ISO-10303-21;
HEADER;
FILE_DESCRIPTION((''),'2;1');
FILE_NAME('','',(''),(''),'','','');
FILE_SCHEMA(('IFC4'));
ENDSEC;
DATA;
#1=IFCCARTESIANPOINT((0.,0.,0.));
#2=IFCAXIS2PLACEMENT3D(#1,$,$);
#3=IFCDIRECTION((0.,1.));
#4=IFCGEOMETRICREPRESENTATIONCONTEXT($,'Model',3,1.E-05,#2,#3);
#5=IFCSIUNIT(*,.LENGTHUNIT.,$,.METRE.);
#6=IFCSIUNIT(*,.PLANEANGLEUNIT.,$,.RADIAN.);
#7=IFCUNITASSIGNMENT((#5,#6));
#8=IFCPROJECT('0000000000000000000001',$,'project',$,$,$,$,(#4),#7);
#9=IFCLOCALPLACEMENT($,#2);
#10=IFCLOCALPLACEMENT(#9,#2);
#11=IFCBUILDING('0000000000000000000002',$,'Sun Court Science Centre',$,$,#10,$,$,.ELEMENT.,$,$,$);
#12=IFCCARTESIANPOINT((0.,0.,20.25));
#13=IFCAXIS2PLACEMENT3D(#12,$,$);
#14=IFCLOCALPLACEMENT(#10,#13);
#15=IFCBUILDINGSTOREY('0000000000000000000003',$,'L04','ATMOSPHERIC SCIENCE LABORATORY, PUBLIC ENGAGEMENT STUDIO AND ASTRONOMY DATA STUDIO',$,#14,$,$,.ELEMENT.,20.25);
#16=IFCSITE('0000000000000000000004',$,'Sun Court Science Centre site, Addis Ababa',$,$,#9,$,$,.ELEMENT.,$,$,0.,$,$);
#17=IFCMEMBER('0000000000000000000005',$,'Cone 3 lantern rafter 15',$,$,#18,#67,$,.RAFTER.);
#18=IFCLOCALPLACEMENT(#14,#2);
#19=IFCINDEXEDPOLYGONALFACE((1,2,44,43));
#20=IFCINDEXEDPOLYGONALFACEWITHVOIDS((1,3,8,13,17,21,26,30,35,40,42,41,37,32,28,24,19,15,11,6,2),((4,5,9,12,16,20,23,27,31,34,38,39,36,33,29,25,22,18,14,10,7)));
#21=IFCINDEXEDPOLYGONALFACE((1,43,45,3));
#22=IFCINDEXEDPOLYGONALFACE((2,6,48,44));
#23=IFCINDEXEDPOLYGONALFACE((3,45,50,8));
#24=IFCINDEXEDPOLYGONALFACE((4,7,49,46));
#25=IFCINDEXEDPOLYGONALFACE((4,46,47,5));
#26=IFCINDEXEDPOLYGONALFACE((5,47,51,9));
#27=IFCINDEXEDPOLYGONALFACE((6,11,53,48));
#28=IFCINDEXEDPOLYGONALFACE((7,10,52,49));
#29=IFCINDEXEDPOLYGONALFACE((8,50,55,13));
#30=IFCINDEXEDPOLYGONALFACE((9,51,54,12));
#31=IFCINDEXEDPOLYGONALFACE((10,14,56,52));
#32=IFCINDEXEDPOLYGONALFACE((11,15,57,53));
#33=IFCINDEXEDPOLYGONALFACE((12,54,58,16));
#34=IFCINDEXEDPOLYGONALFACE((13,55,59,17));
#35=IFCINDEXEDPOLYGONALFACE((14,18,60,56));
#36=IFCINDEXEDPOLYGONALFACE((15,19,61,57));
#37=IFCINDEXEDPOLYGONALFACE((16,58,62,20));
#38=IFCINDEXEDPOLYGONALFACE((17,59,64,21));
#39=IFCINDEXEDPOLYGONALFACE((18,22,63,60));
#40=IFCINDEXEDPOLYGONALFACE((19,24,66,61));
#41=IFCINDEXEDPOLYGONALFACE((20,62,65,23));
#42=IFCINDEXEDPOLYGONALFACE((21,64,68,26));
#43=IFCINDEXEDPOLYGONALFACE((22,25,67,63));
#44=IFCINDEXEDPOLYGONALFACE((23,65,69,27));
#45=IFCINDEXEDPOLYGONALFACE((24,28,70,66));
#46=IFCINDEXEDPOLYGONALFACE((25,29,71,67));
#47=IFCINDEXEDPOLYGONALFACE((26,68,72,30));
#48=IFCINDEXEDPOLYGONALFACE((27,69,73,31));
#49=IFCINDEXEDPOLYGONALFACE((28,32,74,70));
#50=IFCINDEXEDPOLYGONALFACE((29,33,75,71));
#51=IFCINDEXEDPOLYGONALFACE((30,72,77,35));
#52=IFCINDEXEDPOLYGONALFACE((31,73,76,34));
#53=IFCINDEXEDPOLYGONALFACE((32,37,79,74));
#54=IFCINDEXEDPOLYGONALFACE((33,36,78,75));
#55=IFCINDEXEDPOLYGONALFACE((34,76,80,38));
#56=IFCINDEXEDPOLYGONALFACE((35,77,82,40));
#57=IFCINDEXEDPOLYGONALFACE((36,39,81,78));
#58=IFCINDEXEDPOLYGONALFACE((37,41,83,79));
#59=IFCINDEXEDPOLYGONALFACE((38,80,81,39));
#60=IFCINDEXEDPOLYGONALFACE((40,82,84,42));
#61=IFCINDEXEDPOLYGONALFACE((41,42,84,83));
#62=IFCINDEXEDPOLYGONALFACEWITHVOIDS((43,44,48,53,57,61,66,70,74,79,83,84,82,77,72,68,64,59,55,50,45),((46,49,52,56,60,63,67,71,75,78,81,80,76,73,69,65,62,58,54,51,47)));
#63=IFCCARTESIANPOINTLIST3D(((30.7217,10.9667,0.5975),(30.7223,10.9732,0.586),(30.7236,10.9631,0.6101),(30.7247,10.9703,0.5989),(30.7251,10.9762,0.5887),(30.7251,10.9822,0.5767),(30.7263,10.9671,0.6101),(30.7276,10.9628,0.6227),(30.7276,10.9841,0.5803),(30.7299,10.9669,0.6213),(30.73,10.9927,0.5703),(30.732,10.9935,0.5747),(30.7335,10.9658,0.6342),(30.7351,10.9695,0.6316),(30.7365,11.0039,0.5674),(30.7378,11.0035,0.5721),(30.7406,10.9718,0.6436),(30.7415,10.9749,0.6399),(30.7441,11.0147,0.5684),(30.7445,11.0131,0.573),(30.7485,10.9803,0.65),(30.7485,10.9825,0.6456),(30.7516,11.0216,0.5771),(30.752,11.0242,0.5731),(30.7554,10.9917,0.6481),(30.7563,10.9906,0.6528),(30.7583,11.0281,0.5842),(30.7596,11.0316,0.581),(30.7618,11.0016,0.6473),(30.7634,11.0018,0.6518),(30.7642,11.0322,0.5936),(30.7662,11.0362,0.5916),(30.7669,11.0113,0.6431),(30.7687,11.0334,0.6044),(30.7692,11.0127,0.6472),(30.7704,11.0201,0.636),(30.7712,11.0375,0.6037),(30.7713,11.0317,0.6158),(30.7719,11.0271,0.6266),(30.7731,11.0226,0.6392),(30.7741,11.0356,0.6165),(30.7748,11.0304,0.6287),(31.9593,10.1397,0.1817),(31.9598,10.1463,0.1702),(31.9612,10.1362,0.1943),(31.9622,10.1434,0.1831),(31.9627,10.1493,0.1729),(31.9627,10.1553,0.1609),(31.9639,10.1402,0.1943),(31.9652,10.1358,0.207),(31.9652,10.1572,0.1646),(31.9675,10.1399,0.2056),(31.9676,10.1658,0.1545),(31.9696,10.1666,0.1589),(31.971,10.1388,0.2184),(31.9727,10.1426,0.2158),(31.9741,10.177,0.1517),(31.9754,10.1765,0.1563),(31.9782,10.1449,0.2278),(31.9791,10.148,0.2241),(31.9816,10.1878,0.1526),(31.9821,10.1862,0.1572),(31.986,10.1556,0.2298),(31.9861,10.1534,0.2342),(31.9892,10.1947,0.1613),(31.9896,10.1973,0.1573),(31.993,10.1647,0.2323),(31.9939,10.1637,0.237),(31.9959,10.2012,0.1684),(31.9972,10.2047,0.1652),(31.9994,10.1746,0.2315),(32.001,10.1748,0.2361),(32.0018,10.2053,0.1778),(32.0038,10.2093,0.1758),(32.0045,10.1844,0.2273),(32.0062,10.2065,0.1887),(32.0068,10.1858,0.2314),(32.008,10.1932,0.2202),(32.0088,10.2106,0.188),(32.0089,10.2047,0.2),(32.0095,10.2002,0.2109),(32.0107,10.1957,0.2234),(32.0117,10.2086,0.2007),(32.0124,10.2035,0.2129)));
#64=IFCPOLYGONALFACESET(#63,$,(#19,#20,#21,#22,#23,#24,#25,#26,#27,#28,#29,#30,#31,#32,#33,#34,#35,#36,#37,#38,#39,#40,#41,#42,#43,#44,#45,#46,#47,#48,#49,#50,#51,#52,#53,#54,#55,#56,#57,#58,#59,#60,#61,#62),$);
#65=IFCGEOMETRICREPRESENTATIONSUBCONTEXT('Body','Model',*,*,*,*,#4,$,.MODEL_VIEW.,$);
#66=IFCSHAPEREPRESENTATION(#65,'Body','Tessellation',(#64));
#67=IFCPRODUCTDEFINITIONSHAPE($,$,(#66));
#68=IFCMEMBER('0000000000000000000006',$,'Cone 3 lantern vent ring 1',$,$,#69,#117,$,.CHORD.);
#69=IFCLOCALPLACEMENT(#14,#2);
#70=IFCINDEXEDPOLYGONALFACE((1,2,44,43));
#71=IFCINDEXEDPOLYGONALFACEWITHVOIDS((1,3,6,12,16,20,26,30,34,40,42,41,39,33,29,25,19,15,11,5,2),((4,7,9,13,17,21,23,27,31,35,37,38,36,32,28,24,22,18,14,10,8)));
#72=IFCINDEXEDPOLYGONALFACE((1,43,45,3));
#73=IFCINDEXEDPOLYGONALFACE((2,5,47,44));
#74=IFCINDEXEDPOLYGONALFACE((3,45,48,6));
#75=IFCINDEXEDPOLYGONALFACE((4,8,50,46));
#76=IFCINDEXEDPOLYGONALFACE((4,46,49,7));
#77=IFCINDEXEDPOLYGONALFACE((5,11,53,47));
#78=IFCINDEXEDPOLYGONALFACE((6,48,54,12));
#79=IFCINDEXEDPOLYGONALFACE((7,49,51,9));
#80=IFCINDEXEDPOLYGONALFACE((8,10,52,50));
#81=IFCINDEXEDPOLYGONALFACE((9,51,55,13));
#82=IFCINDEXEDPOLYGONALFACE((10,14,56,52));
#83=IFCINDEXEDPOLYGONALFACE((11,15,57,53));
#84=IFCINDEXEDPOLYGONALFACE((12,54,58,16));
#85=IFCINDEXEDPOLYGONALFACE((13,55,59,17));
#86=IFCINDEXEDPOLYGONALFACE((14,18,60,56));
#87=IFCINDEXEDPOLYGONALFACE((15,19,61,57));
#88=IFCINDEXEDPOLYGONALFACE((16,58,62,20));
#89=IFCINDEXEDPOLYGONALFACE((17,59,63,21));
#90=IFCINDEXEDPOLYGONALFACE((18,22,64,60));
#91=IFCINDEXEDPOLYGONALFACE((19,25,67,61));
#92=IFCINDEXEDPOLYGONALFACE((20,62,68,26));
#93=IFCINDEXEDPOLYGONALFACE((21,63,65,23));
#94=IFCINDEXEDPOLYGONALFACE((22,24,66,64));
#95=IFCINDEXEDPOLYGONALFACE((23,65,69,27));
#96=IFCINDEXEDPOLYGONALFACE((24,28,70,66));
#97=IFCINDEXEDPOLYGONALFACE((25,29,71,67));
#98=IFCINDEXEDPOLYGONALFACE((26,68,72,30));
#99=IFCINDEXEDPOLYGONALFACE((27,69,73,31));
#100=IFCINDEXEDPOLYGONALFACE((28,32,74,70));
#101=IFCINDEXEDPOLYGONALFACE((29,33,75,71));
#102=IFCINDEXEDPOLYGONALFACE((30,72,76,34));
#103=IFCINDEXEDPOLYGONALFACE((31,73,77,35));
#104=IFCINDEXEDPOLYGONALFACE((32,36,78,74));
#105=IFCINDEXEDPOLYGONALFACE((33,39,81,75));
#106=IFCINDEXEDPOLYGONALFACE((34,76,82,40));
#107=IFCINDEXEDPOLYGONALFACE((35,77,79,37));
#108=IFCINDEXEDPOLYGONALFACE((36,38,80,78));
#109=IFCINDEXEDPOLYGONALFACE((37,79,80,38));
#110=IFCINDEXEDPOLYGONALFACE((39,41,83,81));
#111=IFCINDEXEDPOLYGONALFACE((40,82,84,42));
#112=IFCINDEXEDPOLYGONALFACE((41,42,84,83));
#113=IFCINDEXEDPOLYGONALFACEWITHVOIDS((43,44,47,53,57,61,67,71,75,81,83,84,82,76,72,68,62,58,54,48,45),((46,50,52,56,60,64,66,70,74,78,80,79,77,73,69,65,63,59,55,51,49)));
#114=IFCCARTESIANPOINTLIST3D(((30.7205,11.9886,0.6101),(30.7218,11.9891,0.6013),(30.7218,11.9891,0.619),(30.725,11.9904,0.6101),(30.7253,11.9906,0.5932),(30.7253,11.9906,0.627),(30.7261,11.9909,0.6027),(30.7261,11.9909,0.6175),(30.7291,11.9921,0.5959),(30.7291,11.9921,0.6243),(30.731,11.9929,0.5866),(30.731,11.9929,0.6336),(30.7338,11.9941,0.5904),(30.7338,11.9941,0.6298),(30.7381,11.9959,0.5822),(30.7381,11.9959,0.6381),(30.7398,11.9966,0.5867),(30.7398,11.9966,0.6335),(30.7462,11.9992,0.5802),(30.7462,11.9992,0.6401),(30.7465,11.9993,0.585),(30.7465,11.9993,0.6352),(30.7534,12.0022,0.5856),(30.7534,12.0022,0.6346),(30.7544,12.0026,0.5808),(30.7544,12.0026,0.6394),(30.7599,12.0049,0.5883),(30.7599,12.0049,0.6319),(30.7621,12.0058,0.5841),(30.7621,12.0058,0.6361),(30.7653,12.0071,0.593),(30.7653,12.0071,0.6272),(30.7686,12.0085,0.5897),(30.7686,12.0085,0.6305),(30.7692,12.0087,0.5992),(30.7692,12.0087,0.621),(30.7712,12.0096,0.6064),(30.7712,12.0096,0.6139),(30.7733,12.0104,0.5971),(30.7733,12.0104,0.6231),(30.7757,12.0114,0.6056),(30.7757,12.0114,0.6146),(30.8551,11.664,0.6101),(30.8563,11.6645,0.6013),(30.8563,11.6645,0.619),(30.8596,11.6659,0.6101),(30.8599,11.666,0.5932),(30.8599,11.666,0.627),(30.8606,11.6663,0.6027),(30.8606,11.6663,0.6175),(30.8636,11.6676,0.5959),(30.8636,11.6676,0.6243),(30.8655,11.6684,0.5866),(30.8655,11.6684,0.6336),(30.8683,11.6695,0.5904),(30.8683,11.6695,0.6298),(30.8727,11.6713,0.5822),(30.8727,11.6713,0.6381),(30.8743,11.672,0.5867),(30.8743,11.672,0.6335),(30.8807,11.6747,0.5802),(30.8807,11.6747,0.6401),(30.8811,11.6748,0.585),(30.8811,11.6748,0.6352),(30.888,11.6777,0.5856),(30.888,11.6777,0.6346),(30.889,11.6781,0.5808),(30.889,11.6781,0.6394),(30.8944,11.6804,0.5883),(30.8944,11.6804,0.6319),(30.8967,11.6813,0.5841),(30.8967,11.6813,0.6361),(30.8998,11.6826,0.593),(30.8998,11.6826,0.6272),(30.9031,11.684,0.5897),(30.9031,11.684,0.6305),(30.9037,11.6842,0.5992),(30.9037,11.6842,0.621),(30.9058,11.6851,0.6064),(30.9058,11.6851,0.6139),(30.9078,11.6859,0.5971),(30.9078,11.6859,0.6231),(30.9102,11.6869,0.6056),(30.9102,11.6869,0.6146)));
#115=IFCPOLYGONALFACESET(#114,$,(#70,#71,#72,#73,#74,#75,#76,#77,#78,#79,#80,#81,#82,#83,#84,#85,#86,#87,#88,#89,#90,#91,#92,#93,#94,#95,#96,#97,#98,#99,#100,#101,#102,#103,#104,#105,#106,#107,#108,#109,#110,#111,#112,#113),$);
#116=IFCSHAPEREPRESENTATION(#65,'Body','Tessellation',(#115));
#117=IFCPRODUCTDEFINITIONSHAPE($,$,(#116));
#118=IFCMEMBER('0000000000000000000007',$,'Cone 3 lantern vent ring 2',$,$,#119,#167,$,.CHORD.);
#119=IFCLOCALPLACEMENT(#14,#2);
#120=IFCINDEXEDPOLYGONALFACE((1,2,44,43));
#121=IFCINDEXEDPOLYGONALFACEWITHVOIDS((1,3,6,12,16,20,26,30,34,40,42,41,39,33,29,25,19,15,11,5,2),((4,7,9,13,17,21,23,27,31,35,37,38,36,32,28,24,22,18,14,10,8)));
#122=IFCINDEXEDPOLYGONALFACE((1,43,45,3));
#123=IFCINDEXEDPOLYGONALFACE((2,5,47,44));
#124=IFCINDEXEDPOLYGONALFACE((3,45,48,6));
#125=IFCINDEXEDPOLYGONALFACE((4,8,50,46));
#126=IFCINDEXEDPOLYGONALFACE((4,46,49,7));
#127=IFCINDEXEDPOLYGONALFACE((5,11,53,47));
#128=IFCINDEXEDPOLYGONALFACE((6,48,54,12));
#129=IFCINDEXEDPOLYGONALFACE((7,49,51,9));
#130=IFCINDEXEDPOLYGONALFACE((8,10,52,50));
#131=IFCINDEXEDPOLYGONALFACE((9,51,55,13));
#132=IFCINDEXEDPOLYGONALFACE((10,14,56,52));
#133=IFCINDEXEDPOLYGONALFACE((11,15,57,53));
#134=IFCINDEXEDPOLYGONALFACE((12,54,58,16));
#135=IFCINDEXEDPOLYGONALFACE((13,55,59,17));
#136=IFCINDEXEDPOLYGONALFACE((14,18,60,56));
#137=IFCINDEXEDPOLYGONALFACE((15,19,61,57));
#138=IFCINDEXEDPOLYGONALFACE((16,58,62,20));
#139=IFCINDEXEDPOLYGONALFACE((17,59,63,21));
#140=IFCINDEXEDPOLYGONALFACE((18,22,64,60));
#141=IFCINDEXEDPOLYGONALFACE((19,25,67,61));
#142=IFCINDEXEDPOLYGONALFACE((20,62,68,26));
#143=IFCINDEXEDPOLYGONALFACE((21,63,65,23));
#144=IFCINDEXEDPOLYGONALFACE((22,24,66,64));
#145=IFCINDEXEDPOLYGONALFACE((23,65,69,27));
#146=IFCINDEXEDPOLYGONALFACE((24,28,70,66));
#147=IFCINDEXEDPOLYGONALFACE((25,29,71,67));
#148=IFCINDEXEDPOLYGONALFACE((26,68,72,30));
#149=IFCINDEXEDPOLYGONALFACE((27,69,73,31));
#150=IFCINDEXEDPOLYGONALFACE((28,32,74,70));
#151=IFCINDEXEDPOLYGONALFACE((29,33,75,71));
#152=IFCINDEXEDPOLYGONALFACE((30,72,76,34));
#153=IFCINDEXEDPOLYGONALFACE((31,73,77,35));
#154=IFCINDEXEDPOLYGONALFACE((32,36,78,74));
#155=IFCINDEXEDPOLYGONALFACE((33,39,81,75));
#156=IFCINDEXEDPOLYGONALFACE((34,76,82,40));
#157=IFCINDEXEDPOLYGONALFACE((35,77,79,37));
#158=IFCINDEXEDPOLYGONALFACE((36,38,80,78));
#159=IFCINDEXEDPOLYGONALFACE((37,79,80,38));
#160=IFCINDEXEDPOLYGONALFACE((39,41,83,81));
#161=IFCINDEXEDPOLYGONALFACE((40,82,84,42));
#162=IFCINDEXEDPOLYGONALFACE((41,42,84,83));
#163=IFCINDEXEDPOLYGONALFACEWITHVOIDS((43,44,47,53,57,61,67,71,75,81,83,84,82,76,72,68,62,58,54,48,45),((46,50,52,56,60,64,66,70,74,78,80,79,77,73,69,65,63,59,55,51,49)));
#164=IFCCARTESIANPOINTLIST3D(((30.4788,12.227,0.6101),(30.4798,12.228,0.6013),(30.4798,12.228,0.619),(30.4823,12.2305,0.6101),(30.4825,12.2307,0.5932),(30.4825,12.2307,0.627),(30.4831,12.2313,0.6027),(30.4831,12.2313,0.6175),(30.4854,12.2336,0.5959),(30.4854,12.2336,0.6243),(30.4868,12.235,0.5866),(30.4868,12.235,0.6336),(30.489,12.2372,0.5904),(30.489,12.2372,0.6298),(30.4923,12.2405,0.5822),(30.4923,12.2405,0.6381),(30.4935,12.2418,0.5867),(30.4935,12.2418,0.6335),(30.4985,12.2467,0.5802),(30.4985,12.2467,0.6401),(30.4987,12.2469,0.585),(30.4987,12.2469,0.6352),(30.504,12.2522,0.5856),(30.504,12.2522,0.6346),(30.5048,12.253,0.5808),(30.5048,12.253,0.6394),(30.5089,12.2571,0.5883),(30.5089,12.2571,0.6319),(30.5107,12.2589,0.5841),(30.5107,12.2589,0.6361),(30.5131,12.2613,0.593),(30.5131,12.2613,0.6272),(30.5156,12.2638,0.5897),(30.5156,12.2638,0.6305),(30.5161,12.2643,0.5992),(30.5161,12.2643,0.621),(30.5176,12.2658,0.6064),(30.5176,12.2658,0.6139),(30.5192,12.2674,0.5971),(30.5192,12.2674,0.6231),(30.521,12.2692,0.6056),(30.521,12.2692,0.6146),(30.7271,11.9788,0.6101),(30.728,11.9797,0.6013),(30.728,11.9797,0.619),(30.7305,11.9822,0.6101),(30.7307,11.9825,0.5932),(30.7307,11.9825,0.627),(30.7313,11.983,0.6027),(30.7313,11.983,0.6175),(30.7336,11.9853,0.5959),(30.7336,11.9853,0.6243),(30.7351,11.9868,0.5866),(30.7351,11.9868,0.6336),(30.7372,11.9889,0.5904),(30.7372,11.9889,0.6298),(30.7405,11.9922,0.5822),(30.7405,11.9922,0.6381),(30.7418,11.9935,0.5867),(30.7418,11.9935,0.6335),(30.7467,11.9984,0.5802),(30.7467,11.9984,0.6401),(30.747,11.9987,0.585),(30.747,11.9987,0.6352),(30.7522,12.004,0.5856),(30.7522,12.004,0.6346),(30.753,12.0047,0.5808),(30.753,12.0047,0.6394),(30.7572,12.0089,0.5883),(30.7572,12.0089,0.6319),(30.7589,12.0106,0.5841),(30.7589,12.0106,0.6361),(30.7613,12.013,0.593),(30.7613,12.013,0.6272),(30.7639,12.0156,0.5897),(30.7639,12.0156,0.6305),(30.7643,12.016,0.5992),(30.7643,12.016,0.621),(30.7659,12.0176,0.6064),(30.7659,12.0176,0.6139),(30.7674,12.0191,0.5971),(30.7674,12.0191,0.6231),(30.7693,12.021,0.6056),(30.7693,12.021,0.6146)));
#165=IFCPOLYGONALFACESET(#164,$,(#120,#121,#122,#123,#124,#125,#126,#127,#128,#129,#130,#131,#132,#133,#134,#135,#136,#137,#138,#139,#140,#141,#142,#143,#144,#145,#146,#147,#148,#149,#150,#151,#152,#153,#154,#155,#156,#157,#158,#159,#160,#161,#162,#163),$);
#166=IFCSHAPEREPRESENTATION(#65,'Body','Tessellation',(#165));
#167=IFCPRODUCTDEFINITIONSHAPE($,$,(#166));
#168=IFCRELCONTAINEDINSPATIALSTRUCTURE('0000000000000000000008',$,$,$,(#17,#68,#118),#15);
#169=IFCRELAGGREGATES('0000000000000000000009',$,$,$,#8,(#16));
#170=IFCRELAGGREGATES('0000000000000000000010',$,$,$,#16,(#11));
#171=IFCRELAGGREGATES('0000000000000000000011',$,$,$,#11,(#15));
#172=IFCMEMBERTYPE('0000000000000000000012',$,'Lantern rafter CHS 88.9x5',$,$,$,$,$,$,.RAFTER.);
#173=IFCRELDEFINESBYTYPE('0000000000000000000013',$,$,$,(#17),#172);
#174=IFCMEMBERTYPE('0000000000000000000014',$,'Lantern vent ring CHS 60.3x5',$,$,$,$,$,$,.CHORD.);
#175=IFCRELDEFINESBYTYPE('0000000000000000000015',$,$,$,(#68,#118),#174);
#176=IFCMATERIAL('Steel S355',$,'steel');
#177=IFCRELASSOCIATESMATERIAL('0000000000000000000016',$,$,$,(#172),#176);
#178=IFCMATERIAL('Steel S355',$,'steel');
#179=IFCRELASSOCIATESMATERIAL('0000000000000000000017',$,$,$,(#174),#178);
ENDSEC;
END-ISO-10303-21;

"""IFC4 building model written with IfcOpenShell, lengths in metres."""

from ifc_helpers import new_model, si_unit, direction, frame, origin, origin_2d, place, context, subcontext, project, spatial, hollow_circle, extrude, material, material_profile, profile_set, type_object, element, save


model = new_model("IFC4")

# Units and contexts
model_context = context("Model", 3, precision=1e-05, world=origin(), true_north=direction((0.0, 1.0)))
body_context = subcontext(model_context, "Body", "Model", "MODEL_VIEW")
ifc_project = project(units=[si_unit("LENGTHUNIT", "METRE"), si_unit("PLANEANGLEUNIT", "RADIAN")], contexts=[model_context])

# Site, building, storey
site_placement = place(None, origin())
site = spatial("IfcSite", under=ifc_project, at=site_placement, Name="Sun Court Science Centre site, Addis Ababa", CompositionType="ELEMENT", RefElevation=0.0)
building_placement = place(site_placement, origin())
building = spatial("IfcBuilding", under=site, at=building_placement, Name="Sun Court Science Centre", CompositionType="ELEMENT")
storey_placement = place(building_placement, frame((0.0, 0.0, 20.25)))
storey = spatial("IfcBuildingStorey", under=building, at=storey_placement, Name="L04", Description="ATMOSPHERIC SCIENCE LABORATORY, PUBLIC ENGAGEMENT STUDIO AND ASTRONOMY DATA STUDIO", CompositionType="ELEMENT", Elevation=20.25)

# Members
ifc_material_1 = material(Name="Steel S355", Category="steel")
ifc_material_profile_1 = material_profile(ifc_material_1, hollow_circle(Radius=0.0444, WallThickness=0.0049, at=origin_2d()), Name="CHS 88.9x5")
ifc_profile_set_1 = profile_set([ifc_material_profile_1], Name="Steel S355")
member_type_1 = type_object("IfcMemberType", Name="Lantern rafter CHS 88.9x5", PredefinedType="RAFTER", material=ifc_profile_set_1)
for number, where, z_axis, x_axis, name in (
    (1, (31.9858, 10.1731, 0.1943), (-0.800811, 0.535086, 0.269044), (-0.555571, -0.831469, 0.0), "Cone 3 lantern rafter 15"),
):
    element("IfcMember", number, at=place(storey_placement, frame(where, z_axis=z_axis, x_axis=x_axis)), inside=storey, type_object=member_type_1, Name=name, PredefinedType="RAFTER", context=body_context, shape_type="SweptSolid", body=[
        extrude(hollow_circle(Radius=0.0444, WallThickness=0.0049, at=origin_2d()), origin(), (0.0, 0.0, 1.0), 1.5454),
    ])
ifc_material_2 = material(Name="Steel S355", Category="steel")
ifc_material_profile_2 = material_profile(ifc_material_2, hollow_circle(Radius=0.03, WallThickness=0.0049, at=origin_2d()), Name="CHS 60.3x5")
ifc_profile_set_2 = profile_set([ifc_material_profile_2], Name="Steel S355")
member_type_2 = type_object("IfcMemberType", Name="Lantern vent ring CHS 60.3x5", PredefinedType="CHORD", material=ifc_profile_set_2)
member_1_placement = place(storey_placement, frame((30.8828, 11.6755, 0.6101), z_axis=(-0.382986, 0.923754, 0.0), x_axis=(-0.923754, -0.382986, 0.0)))
element("IfcMember", 2, at=member_1_placement, inside=storey, type_object=member_type_2, Name="Cone 3 lantern vent ring 1", PredefinedType="CHORD", context=body_context, shape_type="SweptSolid", body=[
    extrude(hollow_circle(Radius=0.03, WallThickness=0.0049, at=origin_2d()), origin(), (0.0, 0.0, 1.0), 0.3513),
])
member_2_placement = place(storey_placement, frame((30.7483, 12.0, 0.6101), z_axis=(-0.707107, 0.707107, 0.0), x_axis=(-0.707107, -0.707107, 0.0)))
element("IfcMember", 3, at=member_2_placement, inside=storey, type_object=member_type_2, Name="Cone 3 lantern vent ring 2", PredefinedType="CHORD", context=body_context, shape_type="SweptSolid", body=[
    extrude(hollow_circle(Radius=0.03, WallThickness=0.0049, at=origin_2d()), origin(), (0.0, 0.0, 1.0), 0.3511),
])

save(model, "model.ifc")
